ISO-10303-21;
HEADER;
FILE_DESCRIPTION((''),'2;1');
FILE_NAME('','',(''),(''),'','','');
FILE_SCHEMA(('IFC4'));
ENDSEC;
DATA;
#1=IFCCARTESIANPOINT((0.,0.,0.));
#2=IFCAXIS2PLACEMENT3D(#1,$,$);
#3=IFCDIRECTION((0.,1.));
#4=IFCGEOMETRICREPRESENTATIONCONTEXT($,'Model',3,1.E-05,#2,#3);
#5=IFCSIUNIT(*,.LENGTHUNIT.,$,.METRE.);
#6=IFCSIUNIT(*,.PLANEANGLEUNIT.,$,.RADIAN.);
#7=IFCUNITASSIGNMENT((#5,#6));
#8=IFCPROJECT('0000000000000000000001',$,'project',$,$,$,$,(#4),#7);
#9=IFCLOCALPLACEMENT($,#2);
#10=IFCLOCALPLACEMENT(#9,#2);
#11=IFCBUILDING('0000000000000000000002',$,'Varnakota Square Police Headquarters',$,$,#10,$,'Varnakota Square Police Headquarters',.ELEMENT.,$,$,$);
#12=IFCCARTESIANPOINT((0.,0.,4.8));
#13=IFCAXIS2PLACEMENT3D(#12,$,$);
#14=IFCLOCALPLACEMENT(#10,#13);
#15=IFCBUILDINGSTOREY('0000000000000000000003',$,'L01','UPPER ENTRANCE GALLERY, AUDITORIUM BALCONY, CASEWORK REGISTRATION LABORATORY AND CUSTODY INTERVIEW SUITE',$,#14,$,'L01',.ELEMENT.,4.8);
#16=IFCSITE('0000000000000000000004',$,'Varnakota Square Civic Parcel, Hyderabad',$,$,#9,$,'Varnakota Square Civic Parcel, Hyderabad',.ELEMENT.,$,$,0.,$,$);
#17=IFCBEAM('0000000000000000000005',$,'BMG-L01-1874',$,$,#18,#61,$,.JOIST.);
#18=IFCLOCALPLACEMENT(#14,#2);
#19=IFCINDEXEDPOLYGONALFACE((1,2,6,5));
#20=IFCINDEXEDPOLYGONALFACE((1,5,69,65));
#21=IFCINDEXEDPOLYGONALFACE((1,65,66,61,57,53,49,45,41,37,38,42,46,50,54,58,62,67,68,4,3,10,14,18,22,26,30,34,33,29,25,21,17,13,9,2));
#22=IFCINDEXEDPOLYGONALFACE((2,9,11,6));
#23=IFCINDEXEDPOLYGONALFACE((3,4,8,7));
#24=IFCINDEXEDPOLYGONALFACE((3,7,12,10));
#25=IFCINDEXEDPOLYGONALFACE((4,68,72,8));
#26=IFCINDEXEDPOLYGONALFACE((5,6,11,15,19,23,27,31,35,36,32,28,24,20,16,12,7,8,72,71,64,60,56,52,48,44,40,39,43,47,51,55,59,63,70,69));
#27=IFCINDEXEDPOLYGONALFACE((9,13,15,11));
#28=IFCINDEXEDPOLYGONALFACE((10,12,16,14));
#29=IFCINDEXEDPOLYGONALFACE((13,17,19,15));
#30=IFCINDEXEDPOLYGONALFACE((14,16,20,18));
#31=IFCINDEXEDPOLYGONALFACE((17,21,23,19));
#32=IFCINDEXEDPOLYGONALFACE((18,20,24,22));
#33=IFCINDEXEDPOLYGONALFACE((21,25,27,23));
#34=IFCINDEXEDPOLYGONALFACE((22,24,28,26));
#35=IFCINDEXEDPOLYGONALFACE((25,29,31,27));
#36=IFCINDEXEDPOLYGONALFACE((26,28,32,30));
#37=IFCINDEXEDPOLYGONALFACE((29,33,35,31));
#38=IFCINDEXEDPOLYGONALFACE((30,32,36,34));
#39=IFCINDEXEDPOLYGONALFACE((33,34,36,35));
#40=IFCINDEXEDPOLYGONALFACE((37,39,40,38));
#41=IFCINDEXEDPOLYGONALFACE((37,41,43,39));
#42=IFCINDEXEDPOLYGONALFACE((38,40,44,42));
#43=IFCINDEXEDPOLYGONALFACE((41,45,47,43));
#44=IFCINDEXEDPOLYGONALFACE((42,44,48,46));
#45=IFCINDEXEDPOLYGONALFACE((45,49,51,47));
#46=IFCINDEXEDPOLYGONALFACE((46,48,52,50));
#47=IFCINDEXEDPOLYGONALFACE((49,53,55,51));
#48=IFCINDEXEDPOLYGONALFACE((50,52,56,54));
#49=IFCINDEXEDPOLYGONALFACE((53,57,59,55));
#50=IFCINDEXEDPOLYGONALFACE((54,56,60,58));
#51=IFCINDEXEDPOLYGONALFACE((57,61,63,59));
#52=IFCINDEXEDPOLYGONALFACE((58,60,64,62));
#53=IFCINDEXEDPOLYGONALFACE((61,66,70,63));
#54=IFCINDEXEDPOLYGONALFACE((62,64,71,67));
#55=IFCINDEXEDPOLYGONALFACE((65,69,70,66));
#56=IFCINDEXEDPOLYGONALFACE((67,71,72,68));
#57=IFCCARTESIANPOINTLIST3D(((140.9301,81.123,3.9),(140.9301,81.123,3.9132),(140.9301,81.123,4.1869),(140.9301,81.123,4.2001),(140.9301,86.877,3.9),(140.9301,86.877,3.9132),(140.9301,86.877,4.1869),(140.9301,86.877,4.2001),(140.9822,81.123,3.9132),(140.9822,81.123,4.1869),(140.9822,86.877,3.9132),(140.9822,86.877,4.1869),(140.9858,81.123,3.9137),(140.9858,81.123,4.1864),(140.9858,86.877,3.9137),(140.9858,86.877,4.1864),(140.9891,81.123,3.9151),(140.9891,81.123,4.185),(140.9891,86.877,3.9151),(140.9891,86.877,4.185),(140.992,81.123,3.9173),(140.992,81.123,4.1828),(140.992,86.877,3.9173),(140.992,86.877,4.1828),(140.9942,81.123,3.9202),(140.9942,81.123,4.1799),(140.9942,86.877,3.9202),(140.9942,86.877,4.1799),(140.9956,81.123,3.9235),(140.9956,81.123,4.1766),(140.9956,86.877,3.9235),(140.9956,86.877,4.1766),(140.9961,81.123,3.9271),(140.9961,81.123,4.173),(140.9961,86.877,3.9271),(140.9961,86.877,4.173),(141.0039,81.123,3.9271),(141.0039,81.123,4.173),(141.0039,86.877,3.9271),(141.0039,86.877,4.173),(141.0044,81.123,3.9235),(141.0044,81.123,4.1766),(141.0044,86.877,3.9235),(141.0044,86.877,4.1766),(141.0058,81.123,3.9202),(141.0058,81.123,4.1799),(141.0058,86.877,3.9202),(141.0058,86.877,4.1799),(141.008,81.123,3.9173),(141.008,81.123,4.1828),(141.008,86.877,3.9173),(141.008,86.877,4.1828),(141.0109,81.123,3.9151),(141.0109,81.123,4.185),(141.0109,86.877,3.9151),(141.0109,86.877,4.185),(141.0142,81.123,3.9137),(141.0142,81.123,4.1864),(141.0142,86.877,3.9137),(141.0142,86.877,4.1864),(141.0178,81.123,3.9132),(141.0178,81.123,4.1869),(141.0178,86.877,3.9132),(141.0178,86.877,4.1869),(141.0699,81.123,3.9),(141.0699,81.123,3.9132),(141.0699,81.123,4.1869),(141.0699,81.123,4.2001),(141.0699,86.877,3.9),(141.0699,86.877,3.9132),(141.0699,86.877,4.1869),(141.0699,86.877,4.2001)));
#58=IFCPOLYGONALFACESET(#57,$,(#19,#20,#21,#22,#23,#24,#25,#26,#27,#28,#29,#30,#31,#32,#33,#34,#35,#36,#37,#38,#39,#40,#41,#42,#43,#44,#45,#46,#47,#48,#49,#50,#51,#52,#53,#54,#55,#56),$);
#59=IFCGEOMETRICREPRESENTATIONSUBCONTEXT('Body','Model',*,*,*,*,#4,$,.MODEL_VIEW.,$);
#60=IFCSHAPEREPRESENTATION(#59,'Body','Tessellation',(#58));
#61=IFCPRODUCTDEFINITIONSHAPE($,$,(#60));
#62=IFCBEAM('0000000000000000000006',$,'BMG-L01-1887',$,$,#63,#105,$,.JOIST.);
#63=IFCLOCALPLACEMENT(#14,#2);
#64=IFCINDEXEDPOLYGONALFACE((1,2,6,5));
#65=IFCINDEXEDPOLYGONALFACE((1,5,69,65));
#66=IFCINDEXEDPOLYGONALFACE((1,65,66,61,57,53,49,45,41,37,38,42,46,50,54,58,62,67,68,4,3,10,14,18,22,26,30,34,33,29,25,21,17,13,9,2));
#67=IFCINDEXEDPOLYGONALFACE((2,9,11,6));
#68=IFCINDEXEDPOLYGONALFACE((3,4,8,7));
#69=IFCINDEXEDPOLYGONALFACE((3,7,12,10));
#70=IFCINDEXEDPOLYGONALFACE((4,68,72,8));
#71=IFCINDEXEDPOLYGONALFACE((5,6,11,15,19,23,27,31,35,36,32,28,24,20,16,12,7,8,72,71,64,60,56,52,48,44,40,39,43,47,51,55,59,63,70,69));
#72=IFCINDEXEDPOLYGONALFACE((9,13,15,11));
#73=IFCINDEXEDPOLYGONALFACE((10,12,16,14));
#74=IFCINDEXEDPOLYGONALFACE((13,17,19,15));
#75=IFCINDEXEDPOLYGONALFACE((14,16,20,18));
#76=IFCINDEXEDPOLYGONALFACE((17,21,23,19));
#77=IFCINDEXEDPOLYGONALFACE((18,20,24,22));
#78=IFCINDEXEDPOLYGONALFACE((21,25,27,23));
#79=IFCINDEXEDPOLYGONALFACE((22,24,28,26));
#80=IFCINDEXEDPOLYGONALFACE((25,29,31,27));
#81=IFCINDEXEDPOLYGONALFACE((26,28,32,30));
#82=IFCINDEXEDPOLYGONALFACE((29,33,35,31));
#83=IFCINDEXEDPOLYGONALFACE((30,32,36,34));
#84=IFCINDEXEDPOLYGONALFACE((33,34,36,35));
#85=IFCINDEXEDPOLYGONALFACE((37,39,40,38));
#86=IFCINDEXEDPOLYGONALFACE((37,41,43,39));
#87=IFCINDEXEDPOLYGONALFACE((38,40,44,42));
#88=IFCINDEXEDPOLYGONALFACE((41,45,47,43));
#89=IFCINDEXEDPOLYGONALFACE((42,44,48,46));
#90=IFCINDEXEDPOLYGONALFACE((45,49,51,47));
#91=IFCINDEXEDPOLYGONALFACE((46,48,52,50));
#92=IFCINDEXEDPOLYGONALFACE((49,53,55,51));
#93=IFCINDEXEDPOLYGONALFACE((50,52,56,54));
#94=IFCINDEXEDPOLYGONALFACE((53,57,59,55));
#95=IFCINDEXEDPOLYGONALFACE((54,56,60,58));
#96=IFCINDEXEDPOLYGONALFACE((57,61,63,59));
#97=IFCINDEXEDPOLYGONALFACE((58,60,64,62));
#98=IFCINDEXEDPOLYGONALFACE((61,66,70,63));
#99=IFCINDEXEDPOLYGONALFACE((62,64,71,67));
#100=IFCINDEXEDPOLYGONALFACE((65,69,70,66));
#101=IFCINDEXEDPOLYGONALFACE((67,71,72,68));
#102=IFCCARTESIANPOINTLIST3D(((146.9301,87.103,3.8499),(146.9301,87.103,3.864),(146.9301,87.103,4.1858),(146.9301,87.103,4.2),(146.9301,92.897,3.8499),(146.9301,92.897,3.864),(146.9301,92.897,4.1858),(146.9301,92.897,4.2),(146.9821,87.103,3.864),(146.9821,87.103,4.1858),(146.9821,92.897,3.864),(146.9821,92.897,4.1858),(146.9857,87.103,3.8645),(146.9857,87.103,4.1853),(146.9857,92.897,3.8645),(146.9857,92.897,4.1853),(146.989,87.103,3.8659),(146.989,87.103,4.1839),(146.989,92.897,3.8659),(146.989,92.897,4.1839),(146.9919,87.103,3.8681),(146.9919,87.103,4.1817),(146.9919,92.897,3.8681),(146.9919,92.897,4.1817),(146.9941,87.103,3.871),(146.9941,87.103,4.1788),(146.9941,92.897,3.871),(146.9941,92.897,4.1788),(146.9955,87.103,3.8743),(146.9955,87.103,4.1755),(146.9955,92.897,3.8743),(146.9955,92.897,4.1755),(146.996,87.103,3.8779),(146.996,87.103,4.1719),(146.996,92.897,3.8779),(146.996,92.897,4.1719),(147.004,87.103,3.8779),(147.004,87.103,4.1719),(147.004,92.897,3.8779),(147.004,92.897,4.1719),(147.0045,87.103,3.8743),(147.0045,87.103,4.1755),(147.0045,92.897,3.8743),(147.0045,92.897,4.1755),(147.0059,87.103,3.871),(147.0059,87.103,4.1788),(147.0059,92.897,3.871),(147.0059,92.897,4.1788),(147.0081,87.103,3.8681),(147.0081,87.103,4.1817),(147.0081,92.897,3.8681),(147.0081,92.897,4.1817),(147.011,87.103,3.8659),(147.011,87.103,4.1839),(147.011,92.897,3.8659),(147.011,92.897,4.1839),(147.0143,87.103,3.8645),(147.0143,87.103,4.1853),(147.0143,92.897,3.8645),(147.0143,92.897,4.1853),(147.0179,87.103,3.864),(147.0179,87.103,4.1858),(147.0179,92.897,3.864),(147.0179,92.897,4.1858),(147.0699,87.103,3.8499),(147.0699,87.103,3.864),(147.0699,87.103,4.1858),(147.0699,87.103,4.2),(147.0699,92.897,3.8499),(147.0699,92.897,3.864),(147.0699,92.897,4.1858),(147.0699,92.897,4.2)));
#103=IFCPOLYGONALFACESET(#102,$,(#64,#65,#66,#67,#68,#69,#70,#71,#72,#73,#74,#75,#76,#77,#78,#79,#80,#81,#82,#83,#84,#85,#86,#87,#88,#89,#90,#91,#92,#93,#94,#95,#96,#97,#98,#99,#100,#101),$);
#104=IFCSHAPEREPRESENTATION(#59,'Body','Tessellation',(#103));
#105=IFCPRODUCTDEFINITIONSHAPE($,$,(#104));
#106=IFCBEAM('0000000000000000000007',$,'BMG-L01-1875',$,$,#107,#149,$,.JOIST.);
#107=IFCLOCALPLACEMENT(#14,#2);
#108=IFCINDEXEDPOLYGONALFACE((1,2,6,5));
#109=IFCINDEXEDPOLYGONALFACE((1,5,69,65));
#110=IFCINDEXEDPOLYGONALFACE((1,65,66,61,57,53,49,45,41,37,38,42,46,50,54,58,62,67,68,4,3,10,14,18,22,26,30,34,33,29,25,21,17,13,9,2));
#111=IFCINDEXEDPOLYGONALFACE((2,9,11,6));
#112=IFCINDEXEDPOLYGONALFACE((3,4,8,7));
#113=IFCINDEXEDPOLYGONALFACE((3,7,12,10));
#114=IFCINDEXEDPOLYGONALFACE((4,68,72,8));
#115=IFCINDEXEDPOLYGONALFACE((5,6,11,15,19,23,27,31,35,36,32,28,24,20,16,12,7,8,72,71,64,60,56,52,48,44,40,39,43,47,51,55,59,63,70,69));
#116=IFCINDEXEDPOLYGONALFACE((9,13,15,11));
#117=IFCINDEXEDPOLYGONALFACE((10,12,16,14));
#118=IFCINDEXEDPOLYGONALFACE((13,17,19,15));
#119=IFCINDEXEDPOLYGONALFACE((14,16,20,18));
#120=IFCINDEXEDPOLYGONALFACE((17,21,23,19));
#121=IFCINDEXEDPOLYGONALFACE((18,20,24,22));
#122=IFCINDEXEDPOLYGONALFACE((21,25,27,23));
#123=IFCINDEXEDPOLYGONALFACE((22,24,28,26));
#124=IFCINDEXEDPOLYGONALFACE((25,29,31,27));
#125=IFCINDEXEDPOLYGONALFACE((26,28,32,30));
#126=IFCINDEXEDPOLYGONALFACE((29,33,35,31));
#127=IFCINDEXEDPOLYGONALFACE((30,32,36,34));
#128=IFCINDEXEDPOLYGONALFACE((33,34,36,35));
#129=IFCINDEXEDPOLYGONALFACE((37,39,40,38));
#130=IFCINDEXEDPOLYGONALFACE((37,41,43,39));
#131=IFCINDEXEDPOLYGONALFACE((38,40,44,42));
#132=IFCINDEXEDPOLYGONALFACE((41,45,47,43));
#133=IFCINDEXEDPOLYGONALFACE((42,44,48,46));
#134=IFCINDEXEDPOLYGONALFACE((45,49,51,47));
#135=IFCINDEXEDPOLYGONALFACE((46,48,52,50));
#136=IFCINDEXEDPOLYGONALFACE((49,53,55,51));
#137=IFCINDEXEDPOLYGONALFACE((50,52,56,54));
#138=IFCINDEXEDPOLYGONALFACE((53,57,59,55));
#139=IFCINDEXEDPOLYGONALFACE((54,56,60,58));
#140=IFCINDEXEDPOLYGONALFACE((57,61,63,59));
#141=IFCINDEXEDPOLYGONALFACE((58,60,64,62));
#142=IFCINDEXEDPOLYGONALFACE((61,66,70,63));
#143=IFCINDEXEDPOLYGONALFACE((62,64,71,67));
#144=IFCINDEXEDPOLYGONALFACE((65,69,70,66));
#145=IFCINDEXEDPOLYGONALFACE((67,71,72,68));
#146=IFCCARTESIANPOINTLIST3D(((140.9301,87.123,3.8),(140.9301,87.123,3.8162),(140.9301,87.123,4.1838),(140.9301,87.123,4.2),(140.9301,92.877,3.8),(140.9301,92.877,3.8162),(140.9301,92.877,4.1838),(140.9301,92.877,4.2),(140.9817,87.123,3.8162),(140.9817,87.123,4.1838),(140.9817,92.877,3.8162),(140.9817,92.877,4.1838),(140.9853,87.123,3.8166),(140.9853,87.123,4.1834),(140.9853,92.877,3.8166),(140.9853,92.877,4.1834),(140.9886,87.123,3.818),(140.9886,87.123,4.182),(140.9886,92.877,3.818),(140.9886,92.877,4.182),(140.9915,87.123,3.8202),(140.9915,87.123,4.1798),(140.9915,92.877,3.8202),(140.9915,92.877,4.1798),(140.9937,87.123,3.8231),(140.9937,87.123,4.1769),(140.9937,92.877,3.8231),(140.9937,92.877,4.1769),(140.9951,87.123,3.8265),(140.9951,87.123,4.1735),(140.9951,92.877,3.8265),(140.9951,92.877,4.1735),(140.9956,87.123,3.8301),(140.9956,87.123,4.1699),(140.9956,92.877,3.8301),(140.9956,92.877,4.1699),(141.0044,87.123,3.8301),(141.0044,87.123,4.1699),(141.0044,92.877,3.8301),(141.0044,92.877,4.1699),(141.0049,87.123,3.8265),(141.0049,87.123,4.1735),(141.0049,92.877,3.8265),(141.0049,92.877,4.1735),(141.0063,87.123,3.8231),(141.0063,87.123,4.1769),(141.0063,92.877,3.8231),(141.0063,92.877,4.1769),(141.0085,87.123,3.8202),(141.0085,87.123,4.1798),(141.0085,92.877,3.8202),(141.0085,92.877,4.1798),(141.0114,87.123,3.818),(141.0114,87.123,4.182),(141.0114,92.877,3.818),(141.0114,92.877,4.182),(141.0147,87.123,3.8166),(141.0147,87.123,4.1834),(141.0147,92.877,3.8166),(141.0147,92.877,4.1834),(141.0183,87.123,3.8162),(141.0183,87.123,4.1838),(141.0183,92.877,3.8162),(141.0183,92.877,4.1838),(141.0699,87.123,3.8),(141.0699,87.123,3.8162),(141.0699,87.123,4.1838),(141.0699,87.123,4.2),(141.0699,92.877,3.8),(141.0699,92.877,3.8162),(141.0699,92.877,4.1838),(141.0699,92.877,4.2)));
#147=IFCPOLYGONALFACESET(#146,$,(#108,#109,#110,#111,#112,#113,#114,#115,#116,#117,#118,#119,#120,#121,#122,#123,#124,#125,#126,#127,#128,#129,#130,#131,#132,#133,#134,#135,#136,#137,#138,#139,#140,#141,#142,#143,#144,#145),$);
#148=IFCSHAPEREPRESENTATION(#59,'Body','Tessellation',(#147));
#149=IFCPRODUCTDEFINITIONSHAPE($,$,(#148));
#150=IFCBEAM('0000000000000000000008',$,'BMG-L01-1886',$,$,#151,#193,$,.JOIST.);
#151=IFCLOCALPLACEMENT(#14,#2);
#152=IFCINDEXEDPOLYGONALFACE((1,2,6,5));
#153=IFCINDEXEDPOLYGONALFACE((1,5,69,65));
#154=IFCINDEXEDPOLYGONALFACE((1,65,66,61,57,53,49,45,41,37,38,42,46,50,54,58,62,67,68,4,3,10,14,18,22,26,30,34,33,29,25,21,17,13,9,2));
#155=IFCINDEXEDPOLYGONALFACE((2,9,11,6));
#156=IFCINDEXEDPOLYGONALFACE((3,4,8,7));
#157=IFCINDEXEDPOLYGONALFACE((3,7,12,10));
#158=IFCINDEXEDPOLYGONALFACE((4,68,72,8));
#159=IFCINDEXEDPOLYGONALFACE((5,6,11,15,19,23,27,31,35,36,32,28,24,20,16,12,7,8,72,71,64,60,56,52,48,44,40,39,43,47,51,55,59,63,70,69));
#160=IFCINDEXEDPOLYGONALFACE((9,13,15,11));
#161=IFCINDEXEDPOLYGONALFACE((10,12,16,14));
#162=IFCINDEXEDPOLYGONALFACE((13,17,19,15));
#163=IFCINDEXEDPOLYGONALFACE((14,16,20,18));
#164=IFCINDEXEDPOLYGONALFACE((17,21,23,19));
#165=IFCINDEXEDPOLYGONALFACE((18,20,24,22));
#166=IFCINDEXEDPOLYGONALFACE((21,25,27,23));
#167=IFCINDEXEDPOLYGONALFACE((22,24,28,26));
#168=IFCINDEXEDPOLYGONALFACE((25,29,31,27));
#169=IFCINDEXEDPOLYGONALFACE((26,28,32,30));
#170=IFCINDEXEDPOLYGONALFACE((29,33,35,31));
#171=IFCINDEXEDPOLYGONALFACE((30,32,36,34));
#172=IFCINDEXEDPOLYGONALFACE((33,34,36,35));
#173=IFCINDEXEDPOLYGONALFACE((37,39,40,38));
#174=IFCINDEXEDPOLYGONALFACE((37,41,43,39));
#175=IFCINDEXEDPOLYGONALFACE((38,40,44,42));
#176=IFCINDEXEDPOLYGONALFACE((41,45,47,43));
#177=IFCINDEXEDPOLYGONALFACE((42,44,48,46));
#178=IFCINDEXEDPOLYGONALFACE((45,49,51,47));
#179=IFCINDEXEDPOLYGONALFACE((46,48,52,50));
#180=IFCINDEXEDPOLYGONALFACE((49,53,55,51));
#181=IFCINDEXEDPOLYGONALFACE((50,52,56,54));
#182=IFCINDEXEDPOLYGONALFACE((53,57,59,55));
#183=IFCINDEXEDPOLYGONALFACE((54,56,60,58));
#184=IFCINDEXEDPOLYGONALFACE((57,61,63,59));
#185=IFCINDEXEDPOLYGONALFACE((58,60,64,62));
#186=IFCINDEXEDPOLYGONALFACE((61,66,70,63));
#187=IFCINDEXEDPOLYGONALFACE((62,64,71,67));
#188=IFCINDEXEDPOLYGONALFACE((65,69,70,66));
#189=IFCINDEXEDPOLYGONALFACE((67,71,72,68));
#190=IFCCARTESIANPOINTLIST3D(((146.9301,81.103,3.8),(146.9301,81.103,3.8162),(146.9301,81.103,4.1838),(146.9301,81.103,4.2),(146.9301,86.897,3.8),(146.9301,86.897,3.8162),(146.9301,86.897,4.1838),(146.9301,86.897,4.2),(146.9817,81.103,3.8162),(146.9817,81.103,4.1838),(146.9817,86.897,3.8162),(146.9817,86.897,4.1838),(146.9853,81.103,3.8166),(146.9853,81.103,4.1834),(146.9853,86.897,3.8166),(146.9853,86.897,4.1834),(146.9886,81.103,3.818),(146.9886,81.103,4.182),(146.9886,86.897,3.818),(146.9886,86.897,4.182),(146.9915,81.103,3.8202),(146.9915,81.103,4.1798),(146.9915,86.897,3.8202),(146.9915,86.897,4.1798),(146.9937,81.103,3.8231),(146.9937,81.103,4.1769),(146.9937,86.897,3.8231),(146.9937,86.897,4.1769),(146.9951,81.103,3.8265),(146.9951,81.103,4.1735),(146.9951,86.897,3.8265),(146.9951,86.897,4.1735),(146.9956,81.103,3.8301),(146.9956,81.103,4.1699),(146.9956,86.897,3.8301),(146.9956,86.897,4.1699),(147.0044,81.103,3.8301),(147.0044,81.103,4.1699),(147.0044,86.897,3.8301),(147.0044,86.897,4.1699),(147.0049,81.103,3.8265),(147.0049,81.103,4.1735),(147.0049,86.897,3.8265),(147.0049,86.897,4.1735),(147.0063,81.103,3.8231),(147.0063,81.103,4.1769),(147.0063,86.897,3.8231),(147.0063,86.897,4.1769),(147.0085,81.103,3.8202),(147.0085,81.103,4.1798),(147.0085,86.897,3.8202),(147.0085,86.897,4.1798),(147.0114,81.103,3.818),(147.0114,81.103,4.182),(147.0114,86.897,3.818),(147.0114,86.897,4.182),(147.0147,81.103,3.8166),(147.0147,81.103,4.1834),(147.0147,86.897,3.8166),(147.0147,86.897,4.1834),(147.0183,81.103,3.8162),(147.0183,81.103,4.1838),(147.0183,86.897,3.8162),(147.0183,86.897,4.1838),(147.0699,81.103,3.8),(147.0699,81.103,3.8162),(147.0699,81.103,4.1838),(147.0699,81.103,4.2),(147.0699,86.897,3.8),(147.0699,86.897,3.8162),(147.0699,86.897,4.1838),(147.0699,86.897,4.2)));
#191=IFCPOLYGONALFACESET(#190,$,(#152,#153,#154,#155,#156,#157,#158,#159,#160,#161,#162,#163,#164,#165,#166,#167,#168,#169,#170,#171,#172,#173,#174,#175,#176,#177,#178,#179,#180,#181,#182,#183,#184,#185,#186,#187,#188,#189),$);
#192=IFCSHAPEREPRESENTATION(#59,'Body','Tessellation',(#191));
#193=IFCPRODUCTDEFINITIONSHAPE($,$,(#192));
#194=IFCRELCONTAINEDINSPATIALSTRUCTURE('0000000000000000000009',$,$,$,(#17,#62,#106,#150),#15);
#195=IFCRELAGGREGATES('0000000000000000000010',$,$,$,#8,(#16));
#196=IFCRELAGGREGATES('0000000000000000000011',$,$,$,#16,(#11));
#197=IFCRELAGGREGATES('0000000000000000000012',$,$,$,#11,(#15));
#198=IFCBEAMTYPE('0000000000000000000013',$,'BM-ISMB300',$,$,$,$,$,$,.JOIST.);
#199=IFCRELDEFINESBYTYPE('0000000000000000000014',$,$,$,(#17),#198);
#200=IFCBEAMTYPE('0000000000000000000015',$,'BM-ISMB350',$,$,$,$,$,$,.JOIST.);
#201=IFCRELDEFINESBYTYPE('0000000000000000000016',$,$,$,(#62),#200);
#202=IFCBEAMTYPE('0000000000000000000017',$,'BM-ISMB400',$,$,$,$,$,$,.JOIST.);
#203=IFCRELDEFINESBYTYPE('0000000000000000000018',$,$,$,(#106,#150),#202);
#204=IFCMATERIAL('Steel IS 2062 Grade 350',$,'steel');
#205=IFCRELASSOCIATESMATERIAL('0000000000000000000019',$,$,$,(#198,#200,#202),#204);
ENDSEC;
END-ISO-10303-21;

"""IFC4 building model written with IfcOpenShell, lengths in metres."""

from ifc_helpers import new_model, si_unit, direction, frame, origin, origin_2d, place, context, subcontext, project, spatial, i_section, extrude, material, material_profile, profile_set, type_object, element, save


model = new_model("IFC4")

# Units and contexts
model_context = context("Model", 3, precision=1e-05, world=origin(), true_north=direction((0.0, 1.0)))
body_context = subcontext(model_context, "Body", "Model", "MODEL_VIEW")
ifc_project = project(units=[si_unit("LENGTHUNIT", "METRE"), si_unit("PLANEANGLEUNIT", "RADIAN")], contexts=[model_context])

# Site, building, storey
site_placement = place(None, origin())
site = spatial("IfcSite", under=ifc_project, at=site_placement, Name="Varnakota Square Civic Parcel, Hyderabad", LongName="Varnakota Square Civic Parcel, Hyderabad", CompositionType="ELEMENT", RefElevation=0.0)
building_placement = place(site_placement, origin())
building = spatial("IfcBuilding", under=site, at=building_placement, Name="Varnakota Square Police Headquarters", LongName="Varnakota Square Police Headquarters", CompositionType="ELEMENT")
storey_placement = place(building_placement, frame((0.0, 0.0, 4.8)))
storey = spatial("IfcBuildingStorey", under=building, at=storey_placement, Name="L01", Description="UPPER ENTRANCE GALLERY, AUDITORIUM BALCONY, CASEWORK REGISTRATION LABORATORY AND CUSTODY INTERVIEW SUITE", LongName="L01", CompositionType="ELEMENT", Elevation=4.8)

# Shared definitions
ifc_material = material(Name="Steel IS 2062 Grade 350", Category="steel")

# Beams
ifc_material_profile_1 = material_profile(ifc_material, i_section(OverallWidth=0.1399, OverallDepth=0.3, WebThickness=0.0078, FlangeThickness=0.0132, FilletRadius=0.0139, at=origin_2d()), Name="ISMB 300")
ifc_profile_set_1 = profile_set([ifc_material_profile_1], Name="Steel IS 2062 Grade 350")
beam_type_1 = type_object("IfcBeamType", Name="BM-ISMB300", PredefinedType="JOIST", material=ifc_profile_set_1)
beam_1_placement = place(storey_placement, frame((141.0, 81.123, 4.05), z_axis=(0.0, 1.0, 0.0), x_axis=(-1.0, 0.0, 0.0)))
element("IfcBeam", 1, at=beam_1_placement, inside=storey, type_object=beam_type_1, Name="BMG-L01-1874", PredefinedType="JOIST", context=body_context, shape_type="SweptSolid", body=[
    extrude(i_section(OverallWidth=0.1399, OverallDepth=0.3, WebThickness=0.0078, FlangeThickness=0.0132, FilletRadius=0.0139, at=origin_2d()), origin(), (0.0, 0.0, 1.0), 5.7539),
])
ifc_material_profile_2 = material_profile(ifc_material, i_section(OverallWidth=0.1399, OverallDepth=0.3501, WebThickness=0.0081, FlangeThickness=0.0142, FilletRadius=0.0139, at=origin_2d()), Name="ISMB 350")
ifc_profile_set_2 = profile_set([ifc_material_profile_2], Name="Steel IS 2062 Grade 350")
beam_type_2 = type_object("IfcBeamType", Name="BM-ISMB350", PredefinedType="JOIST", material=ifc_profile_set_2)
beam_2_placement = place(storey_placement, frame((147.0, 87.103, 4.0249), z_axis=(0.0, 1.0, 0.0), x_axis=(-1.0, 0.0, 0.0)))
element("IfcBeam", 2, at=beam_2_placement, inside=storey, type_object=beam_type_2, Name="BMG-L01-1887", PredefinedType="JOIST", context=body_context, shape_type="SweptSolid", body=[
    extrude(i_section(OverallWidth=0.1399, OverallDepth=0.3501, WebThickness=0.0081, FlangeThickness=0.0142, FilletRadius=0.0139, at=origin_2d()), origin(), (0.0, 0.0, 1.0), 5.7939),
])
ifc_material_profile_3 = material_profile(ifc_material, i_section(OverallWidth=0.1399, OverallDepth=0.3999, WebThickness=0.0088, FlangeThickness=0.0161, FilletRadius=0.0139, at=origin_2d()), Name="ISMB 400")
ifc_profile_set_3 = profile_set([ifc_material_profile_3], Name="Steel IS 2062 Grade 350")
beam_type_3 = type_object("IfcBeamType", Name="BM-ISMB400", PredefinedType="JOIST", material=ifc_profile_set_3)
beam_3_placement = place(storey_placement, frame((141.0, 87.123, 4.0), z_axis=(0.0, 1.0, 0.0), x_axis=(-1.0, 0.0, 0.0)))
element("IfcBeam", 3, at=beam_3_placement, inside=storey, type_object=beam_type_3, Name="BMG-L01-1875", PredefinedType="JOIST", context=body_context, shape_type="SweptSolid", body=[
    extrude(i_section(OverallWidth=0.1399, OverallDepth=0.3999, WebThickness=0.0088, FlangeThickness=0.0161, FilletRadius=0.0139, at=origin_2d()), origin(), (0.0, 0.0, 1.0), 5.7539),
])
beam_4_placement = place(storey_placement, frame((147.0, 81.103, 4.0), z_axis=(0.0, 1.0, 0.0), x_axis=(-1.0, 0.0, 0.0)))
element("IfcBeam", 4, at=beam_4_placement, inside=storey, type_object=beam_type_3, Name="BMG-L01-1886", PredefinedType="JOIST", context=body_context, shape_type="SweptSolid", body=[
    extrude(i_section(OverallWidth=0.1399, OverallDepth=0.3999, WebThickness=0.0088, FlangeThickness=0.0161, FilletRadius=0.0139, at=origin_2d()), origin(), (0.0, 0.0, 1.0), 5.7939),
])

save(model, "model.ifc")
